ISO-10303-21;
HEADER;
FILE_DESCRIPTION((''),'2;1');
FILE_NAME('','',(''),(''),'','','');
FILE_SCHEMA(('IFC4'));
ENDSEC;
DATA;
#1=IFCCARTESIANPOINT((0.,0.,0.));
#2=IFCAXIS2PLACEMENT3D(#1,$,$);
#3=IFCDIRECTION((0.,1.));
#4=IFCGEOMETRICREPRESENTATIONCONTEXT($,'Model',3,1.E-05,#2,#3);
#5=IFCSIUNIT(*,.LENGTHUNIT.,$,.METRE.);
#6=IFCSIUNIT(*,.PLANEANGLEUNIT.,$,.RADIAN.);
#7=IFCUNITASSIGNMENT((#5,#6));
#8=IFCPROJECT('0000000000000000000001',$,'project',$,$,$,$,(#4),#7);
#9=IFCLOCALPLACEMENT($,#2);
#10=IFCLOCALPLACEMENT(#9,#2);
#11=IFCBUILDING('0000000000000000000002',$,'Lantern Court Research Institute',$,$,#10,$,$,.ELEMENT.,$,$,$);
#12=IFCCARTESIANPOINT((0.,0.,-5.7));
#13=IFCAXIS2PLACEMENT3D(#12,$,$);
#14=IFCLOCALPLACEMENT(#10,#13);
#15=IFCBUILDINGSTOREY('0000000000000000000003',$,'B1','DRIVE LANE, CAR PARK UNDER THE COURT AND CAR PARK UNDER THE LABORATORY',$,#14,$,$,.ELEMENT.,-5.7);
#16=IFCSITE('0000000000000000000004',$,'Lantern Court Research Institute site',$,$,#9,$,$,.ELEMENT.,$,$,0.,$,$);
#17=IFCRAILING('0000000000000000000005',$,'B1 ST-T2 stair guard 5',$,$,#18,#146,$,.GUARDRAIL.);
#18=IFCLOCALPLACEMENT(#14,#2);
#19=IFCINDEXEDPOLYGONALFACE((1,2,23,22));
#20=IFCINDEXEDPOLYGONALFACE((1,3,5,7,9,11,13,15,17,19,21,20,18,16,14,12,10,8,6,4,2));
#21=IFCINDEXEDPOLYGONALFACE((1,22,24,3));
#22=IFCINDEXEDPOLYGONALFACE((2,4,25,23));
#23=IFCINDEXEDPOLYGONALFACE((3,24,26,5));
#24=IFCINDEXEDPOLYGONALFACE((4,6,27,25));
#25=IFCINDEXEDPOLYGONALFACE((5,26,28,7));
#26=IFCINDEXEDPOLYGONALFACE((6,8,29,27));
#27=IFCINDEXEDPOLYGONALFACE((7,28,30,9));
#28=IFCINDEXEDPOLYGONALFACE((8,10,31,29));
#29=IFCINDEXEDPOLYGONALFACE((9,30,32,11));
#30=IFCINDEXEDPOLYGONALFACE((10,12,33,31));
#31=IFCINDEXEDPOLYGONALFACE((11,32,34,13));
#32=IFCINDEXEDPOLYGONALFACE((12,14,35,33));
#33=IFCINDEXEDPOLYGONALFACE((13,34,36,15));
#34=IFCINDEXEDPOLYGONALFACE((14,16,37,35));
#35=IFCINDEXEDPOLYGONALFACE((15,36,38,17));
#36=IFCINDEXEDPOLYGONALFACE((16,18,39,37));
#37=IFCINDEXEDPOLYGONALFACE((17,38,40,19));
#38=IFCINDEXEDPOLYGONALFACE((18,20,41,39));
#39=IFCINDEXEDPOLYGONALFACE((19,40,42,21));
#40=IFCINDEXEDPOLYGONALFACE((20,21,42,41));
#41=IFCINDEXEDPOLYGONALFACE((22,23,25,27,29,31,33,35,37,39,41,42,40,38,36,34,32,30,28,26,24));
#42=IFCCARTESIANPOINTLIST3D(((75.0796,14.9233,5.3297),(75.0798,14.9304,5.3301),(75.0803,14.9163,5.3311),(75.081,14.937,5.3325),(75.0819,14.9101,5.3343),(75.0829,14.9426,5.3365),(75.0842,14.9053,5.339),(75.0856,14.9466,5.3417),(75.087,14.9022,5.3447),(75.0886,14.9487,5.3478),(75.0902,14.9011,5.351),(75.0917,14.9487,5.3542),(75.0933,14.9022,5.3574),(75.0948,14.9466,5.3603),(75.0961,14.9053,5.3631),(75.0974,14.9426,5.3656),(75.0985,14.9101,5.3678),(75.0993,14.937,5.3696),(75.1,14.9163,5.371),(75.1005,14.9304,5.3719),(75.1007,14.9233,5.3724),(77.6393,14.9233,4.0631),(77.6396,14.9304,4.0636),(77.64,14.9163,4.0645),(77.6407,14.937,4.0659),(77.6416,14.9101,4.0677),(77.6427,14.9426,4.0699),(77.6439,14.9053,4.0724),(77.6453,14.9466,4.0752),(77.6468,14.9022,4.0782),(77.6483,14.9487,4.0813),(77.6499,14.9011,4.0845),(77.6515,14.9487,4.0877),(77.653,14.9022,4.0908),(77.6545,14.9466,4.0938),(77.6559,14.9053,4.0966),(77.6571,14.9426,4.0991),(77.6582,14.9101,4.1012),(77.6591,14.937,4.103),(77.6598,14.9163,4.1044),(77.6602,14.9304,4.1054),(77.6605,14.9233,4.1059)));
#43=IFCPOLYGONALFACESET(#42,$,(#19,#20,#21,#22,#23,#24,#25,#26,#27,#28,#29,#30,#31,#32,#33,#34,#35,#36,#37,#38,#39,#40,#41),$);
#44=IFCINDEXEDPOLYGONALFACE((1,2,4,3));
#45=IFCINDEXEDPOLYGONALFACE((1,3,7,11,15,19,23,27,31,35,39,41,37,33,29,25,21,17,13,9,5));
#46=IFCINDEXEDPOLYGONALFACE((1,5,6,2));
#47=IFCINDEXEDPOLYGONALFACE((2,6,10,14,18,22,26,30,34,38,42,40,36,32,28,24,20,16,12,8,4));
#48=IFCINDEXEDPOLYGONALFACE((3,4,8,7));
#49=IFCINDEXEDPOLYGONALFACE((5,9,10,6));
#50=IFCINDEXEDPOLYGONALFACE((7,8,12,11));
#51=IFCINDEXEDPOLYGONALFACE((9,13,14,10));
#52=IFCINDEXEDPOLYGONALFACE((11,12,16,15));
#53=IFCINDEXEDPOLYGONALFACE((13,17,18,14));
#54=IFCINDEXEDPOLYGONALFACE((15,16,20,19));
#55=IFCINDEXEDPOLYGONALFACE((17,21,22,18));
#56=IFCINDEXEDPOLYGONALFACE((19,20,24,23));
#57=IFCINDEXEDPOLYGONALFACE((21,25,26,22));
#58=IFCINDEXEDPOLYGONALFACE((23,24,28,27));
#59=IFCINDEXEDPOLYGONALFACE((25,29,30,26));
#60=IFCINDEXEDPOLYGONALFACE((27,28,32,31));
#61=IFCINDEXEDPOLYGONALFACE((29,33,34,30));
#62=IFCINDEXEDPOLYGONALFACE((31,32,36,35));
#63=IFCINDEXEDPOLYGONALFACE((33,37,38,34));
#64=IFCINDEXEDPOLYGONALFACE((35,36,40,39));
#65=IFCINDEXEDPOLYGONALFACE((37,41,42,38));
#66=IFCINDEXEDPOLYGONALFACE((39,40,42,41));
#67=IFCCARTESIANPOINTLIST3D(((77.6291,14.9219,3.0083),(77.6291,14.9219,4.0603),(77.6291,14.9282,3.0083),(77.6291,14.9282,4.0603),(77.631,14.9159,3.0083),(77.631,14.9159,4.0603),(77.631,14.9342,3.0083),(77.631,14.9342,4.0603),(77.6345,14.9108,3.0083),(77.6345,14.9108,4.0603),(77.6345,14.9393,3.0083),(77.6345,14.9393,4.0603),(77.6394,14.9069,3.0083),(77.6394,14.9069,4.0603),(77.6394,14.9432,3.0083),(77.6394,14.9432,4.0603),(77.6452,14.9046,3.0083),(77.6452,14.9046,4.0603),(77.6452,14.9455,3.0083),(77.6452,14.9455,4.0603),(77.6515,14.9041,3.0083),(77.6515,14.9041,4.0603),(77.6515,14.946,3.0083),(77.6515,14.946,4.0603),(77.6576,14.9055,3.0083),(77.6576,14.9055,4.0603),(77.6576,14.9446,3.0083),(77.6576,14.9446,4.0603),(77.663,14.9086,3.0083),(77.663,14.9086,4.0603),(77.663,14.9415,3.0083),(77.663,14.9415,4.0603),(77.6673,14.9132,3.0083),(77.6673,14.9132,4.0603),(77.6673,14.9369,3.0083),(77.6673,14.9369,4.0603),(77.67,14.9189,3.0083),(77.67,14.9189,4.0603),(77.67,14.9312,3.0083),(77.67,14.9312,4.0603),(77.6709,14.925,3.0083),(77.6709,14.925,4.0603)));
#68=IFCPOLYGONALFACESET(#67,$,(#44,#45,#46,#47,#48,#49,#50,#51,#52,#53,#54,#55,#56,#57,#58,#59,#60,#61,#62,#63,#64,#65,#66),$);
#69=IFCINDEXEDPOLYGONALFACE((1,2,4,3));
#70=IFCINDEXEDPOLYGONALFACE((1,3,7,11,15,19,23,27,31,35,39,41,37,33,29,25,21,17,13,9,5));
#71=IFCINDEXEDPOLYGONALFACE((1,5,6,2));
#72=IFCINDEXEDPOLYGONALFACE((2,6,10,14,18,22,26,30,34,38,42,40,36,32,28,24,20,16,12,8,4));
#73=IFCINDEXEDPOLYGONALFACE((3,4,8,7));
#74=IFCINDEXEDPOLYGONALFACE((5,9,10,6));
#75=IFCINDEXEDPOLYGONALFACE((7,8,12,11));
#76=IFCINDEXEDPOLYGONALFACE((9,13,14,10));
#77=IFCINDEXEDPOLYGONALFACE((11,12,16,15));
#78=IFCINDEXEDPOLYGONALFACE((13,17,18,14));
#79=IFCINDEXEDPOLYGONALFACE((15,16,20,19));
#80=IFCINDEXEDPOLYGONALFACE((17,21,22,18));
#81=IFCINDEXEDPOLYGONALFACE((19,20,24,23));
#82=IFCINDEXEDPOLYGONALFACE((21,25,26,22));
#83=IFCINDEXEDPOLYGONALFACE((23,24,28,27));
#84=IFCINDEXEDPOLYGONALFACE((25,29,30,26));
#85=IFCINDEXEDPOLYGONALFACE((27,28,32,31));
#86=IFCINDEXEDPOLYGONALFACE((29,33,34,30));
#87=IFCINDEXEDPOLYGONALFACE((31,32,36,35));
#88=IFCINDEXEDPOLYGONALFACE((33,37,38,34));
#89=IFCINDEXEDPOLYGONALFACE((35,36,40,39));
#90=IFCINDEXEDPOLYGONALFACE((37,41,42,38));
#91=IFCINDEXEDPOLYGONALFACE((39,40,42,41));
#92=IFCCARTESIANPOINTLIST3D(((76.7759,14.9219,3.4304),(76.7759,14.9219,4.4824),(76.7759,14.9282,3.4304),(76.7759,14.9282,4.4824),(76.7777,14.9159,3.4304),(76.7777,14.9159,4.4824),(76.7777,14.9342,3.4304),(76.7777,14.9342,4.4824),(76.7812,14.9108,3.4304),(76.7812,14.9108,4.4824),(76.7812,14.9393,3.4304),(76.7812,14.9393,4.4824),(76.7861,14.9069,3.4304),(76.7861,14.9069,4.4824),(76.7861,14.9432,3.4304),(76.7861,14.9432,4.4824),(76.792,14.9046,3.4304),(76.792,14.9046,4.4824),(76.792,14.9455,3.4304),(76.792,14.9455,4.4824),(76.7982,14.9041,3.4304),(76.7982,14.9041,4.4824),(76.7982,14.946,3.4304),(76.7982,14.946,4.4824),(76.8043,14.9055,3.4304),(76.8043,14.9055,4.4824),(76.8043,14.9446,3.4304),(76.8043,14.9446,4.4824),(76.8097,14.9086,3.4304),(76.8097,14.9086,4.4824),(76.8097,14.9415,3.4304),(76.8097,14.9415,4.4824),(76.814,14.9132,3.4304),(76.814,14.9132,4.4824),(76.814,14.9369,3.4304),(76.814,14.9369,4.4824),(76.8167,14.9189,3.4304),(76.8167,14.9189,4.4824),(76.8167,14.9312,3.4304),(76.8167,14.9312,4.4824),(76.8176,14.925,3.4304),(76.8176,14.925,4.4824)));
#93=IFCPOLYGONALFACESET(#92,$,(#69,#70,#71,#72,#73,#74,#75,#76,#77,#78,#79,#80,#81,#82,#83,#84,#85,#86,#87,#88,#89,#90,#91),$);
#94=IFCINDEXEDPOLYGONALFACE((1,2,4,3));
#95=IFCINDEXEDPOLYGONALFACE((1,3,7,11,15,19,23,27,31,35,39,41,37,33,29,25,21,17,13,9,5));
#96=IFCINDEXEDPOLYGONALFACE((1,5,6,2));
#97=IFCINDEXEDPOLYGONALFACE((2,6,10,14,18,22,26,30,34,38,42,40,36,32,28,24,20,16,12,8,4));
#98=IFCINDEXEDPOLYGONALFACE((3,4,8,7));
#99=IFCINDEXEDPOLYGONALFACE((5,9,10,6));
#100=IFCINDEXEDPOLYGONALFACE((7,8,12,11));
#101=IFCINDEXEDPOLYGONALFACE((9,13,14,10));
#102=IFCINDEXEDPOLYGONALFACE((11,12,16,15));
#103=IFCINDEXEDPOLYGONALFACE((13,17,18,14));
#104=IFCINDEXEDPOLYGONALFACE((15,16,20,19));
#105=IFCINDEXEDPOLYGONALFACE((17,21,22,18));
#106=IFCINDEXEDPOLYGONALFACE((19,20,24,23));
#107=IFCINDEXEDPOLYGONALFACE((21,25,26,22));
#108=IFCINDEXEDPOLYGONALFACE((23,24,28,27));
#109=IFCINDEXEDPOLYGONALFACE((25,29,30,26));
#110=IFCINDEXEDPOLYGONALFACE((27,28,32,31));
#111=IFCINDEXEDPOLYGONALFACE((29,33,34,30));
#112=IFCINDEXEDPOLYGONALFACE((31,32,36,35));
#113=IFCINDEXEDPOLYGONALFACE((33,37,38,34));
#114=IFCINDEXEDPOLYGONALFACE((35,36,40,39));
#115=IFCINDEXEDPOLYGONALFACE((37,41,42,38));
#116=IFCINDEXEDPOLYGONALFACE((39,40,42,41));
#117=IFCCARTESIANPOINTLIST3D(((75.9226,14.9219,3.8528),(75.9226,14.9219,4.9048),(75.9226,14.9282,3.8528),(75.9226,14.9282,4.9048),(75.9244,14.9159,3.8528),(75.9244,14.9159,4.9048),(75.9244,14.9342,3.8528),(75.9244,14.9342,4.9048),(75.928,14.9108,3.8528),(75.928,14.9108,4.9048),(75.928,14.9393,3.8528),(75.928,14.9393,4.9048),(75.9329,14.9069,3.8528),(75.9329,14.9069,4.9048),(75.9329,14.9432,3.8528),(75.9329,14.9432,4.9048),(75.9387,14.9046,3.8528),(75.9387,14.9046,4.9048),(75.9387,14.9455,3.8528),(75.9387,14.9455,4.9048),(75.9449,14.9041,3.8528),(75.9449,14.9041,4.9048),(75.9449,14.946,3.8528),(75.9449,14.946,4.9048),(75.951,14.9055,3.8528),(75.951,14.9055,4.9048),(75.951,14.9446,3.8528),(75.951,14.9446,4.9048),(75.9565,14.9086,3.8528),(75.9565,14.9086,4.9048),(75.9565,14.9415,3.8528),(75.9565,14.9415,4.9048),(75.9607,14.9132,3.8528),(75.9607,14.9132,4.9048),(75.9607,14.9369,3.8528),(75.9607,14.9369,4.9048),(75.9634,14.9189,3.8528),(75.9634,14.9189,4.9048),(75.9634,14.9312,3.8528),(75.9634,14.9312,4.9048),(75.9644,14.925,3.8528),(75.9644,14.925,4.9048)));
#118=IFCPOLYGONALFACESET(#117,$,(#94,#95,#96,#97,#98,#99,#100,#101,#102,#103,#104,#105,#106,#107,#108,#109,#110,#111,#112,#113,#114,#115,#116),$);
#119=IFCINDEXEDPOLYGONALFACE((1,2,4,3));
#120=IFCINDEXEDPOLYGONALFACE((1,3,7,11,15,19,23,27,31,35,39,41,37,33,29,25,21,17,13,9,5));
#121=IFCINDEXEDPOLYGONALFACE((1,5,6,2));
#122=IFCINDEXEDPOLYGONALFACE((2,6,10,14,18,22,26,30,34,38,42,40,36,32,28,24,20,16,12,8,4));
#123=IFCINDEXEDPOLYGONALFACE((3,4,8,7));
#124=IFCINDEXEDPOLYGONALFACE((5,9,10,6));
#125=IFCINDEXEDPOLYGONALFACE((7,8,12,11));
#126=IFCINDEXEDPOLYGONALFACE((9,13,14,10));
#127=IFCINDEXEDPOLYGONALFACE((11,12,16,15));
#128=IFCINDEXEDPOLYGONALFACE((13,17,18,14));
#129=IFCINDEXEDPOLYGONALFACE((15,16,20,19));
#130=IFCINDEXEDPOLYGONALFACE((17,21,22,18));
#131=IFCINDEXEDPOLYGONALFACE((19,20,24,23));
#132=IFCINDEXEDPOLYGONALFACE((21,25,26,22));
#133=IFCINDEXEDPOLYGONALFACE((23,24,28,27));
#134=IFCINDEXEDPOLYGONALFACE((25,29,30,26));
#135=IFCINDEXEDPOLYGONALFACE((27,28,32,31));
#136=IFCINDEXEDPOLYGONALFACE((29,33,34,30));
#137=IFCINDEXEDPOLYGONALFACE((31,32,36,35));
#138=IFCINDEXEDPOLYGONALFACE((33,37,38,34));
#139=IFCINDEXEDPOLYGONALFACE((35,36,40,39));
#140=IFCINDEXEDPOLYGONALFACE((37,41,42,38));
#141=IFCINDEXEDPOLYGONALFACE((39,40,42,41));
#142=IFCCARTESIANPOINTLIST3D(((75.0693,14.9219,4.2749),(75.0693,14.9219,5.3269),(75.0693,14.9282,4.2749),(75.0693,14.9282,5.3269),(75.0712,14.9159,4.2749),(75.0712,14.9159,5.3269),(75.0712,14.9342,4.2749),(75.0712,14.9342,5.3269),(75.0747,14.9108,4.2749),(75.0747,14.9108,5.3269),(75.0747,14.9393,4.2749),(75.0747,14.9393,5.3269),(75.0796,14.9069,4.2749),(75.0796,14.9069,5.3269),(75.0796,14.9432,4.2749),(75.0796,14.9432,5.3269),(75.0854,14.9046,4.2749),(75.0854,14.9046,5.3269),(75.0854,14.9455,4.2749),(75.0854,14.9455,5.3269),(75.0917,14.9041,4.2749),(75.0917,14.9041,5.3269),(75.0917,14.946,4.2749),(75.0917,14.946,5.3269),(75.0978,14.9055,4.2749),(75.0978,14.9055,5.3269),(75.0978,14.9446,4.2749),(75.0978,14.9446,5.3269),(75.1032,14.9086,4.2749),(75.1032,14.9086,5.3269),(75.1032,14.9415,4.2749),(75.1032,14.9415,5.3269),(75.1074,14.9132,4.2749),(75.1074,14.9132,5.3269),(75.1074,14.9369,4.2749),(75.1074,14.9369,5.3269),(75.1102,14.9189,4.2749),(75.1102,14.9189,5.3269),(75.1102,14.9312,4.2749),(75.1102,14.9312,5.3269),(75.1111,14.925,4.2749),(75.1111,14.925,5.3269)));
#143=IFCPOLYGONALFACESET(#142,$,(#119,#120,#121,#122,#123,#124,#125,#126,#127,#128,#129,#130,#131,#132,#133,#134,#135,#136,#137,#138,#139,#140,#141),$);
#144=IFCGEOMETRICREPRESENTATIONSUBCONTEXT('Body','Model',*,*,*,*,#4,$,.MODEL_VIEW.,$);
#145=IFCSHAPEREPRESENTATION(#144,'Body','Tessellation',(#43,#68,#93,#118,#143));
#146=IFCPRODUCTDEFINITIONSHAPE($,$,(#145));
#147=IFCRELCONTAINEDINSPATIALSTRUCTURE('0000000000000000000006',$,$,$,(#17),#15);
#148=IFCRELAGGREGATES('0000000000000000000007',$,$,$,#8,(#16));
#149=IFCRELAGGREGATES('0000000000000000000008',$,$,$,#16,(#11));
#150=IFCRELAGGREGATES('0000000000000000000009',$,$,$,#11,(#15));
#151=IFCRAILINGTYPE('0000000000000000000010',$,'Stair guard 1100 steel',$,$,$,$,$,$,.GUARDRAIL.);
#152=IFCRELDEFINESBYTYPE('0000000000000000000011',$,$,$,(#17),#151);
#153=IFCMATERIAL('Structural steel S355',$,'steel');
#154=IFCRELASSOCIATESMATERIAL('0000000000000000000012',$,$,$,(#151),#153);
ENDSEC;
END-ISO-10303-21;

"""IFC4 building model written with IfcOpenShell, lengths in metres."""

from ifc_helpers import new_model, si_unit, direction, frame, origin, origin_2d, place, context, subcontext, project, spatial, circle, extrude, material, type_object, element, save


model = new_model("IFC4")

# Units and contexts
model_context = context("Model", 3, precision=1e-05, world=origin(), true_north=direction((0.0, 1.0)))
body_context = subcontext(model_context, "Body", "Model", "MODEL_VIEW")
ifc_project = project(units=[si_unit("LENGTHUNIT", "METRE"), si_unit("PLANEANGLEUNIT", "RADIAN")], contexts=[model_context])

# Site, building, storey
site_placement = place(None, origin())
site = spatial("IfcSite", under=ifc_project, at=site_placement, Name="Lantern Court Research Institute site", CompositionType="ELEMENT", RefElevation=0.0)
building_placement = place(site_placement, origin())
building = spatial("IfcBuilding", under=site, at=building_placement, Name="Lantern Court Research Institute", CompositionType="ELEMENT")
storey_placement = place(building_placement, frame((0.0, 0.0, -5.7)))
storey = spatial("IfcBuildingStorey", under=building, at=storey_placement, Name="B1", Description="DRIVE LANE, CAR PARK UNDER THE COURT AND CAR PARK UNDER THE LABORATORY", CompositionType="ELEMENT", Elevation=-5.7)

# Railing
ifc_material_1 = material(Name="Structural steel S355", Category="steel")
railing_type_1 = type_object("IfcRailingType", Name="Stair guard 1100 steel", PredefinedType="GUARDRAIL", material=ifc_material_1)
railing_1_placement = place(storey_placement, frame((77.6499, 14.925, 3.0083)))
element("IfcRailing", 1, at=railing_1_placement, inside=storey, type_object=railing_type_1, Name="B1 ST-T2 stair guard 5", PredefinedType="GUARDRAIL", context=body_context, shape_type="SweptSolid", body=[
    extrude(circle(Radius=0.0239, at=origin_2d()), frame((0.0, 0.0, 1.0762), z_axis=(-0.896283, 0.0, 0.443483), x_axis=(0.0, -1.0, 0.0)), (0.0, 0.0, 1.0), 2.856),
    extrude(circle(Radius=0.021, at=origin_2d()), origin(), (0.0, 0.0, 1.0), 1.052),
    extrude(circle(Radius=0.021, at=origin_2d()), frame((-0.8533, 0.0, 0.4221)), (0.0, 0.0, 1.0), 1.052),
    extrude(circle(Radius=0.021, at=origin_2d()), frame((-1.7065, 0.0, 0.8445)), (0.0, 0.0, 1.0), 1.052),
    extrude(circle(Radius=0.021, at=origin_2d()), frame((-2.5598, 0.0, 1.2666)), (0.0, 0.0, 1.0), 1.052),
])

save(model, "model.ifc")
